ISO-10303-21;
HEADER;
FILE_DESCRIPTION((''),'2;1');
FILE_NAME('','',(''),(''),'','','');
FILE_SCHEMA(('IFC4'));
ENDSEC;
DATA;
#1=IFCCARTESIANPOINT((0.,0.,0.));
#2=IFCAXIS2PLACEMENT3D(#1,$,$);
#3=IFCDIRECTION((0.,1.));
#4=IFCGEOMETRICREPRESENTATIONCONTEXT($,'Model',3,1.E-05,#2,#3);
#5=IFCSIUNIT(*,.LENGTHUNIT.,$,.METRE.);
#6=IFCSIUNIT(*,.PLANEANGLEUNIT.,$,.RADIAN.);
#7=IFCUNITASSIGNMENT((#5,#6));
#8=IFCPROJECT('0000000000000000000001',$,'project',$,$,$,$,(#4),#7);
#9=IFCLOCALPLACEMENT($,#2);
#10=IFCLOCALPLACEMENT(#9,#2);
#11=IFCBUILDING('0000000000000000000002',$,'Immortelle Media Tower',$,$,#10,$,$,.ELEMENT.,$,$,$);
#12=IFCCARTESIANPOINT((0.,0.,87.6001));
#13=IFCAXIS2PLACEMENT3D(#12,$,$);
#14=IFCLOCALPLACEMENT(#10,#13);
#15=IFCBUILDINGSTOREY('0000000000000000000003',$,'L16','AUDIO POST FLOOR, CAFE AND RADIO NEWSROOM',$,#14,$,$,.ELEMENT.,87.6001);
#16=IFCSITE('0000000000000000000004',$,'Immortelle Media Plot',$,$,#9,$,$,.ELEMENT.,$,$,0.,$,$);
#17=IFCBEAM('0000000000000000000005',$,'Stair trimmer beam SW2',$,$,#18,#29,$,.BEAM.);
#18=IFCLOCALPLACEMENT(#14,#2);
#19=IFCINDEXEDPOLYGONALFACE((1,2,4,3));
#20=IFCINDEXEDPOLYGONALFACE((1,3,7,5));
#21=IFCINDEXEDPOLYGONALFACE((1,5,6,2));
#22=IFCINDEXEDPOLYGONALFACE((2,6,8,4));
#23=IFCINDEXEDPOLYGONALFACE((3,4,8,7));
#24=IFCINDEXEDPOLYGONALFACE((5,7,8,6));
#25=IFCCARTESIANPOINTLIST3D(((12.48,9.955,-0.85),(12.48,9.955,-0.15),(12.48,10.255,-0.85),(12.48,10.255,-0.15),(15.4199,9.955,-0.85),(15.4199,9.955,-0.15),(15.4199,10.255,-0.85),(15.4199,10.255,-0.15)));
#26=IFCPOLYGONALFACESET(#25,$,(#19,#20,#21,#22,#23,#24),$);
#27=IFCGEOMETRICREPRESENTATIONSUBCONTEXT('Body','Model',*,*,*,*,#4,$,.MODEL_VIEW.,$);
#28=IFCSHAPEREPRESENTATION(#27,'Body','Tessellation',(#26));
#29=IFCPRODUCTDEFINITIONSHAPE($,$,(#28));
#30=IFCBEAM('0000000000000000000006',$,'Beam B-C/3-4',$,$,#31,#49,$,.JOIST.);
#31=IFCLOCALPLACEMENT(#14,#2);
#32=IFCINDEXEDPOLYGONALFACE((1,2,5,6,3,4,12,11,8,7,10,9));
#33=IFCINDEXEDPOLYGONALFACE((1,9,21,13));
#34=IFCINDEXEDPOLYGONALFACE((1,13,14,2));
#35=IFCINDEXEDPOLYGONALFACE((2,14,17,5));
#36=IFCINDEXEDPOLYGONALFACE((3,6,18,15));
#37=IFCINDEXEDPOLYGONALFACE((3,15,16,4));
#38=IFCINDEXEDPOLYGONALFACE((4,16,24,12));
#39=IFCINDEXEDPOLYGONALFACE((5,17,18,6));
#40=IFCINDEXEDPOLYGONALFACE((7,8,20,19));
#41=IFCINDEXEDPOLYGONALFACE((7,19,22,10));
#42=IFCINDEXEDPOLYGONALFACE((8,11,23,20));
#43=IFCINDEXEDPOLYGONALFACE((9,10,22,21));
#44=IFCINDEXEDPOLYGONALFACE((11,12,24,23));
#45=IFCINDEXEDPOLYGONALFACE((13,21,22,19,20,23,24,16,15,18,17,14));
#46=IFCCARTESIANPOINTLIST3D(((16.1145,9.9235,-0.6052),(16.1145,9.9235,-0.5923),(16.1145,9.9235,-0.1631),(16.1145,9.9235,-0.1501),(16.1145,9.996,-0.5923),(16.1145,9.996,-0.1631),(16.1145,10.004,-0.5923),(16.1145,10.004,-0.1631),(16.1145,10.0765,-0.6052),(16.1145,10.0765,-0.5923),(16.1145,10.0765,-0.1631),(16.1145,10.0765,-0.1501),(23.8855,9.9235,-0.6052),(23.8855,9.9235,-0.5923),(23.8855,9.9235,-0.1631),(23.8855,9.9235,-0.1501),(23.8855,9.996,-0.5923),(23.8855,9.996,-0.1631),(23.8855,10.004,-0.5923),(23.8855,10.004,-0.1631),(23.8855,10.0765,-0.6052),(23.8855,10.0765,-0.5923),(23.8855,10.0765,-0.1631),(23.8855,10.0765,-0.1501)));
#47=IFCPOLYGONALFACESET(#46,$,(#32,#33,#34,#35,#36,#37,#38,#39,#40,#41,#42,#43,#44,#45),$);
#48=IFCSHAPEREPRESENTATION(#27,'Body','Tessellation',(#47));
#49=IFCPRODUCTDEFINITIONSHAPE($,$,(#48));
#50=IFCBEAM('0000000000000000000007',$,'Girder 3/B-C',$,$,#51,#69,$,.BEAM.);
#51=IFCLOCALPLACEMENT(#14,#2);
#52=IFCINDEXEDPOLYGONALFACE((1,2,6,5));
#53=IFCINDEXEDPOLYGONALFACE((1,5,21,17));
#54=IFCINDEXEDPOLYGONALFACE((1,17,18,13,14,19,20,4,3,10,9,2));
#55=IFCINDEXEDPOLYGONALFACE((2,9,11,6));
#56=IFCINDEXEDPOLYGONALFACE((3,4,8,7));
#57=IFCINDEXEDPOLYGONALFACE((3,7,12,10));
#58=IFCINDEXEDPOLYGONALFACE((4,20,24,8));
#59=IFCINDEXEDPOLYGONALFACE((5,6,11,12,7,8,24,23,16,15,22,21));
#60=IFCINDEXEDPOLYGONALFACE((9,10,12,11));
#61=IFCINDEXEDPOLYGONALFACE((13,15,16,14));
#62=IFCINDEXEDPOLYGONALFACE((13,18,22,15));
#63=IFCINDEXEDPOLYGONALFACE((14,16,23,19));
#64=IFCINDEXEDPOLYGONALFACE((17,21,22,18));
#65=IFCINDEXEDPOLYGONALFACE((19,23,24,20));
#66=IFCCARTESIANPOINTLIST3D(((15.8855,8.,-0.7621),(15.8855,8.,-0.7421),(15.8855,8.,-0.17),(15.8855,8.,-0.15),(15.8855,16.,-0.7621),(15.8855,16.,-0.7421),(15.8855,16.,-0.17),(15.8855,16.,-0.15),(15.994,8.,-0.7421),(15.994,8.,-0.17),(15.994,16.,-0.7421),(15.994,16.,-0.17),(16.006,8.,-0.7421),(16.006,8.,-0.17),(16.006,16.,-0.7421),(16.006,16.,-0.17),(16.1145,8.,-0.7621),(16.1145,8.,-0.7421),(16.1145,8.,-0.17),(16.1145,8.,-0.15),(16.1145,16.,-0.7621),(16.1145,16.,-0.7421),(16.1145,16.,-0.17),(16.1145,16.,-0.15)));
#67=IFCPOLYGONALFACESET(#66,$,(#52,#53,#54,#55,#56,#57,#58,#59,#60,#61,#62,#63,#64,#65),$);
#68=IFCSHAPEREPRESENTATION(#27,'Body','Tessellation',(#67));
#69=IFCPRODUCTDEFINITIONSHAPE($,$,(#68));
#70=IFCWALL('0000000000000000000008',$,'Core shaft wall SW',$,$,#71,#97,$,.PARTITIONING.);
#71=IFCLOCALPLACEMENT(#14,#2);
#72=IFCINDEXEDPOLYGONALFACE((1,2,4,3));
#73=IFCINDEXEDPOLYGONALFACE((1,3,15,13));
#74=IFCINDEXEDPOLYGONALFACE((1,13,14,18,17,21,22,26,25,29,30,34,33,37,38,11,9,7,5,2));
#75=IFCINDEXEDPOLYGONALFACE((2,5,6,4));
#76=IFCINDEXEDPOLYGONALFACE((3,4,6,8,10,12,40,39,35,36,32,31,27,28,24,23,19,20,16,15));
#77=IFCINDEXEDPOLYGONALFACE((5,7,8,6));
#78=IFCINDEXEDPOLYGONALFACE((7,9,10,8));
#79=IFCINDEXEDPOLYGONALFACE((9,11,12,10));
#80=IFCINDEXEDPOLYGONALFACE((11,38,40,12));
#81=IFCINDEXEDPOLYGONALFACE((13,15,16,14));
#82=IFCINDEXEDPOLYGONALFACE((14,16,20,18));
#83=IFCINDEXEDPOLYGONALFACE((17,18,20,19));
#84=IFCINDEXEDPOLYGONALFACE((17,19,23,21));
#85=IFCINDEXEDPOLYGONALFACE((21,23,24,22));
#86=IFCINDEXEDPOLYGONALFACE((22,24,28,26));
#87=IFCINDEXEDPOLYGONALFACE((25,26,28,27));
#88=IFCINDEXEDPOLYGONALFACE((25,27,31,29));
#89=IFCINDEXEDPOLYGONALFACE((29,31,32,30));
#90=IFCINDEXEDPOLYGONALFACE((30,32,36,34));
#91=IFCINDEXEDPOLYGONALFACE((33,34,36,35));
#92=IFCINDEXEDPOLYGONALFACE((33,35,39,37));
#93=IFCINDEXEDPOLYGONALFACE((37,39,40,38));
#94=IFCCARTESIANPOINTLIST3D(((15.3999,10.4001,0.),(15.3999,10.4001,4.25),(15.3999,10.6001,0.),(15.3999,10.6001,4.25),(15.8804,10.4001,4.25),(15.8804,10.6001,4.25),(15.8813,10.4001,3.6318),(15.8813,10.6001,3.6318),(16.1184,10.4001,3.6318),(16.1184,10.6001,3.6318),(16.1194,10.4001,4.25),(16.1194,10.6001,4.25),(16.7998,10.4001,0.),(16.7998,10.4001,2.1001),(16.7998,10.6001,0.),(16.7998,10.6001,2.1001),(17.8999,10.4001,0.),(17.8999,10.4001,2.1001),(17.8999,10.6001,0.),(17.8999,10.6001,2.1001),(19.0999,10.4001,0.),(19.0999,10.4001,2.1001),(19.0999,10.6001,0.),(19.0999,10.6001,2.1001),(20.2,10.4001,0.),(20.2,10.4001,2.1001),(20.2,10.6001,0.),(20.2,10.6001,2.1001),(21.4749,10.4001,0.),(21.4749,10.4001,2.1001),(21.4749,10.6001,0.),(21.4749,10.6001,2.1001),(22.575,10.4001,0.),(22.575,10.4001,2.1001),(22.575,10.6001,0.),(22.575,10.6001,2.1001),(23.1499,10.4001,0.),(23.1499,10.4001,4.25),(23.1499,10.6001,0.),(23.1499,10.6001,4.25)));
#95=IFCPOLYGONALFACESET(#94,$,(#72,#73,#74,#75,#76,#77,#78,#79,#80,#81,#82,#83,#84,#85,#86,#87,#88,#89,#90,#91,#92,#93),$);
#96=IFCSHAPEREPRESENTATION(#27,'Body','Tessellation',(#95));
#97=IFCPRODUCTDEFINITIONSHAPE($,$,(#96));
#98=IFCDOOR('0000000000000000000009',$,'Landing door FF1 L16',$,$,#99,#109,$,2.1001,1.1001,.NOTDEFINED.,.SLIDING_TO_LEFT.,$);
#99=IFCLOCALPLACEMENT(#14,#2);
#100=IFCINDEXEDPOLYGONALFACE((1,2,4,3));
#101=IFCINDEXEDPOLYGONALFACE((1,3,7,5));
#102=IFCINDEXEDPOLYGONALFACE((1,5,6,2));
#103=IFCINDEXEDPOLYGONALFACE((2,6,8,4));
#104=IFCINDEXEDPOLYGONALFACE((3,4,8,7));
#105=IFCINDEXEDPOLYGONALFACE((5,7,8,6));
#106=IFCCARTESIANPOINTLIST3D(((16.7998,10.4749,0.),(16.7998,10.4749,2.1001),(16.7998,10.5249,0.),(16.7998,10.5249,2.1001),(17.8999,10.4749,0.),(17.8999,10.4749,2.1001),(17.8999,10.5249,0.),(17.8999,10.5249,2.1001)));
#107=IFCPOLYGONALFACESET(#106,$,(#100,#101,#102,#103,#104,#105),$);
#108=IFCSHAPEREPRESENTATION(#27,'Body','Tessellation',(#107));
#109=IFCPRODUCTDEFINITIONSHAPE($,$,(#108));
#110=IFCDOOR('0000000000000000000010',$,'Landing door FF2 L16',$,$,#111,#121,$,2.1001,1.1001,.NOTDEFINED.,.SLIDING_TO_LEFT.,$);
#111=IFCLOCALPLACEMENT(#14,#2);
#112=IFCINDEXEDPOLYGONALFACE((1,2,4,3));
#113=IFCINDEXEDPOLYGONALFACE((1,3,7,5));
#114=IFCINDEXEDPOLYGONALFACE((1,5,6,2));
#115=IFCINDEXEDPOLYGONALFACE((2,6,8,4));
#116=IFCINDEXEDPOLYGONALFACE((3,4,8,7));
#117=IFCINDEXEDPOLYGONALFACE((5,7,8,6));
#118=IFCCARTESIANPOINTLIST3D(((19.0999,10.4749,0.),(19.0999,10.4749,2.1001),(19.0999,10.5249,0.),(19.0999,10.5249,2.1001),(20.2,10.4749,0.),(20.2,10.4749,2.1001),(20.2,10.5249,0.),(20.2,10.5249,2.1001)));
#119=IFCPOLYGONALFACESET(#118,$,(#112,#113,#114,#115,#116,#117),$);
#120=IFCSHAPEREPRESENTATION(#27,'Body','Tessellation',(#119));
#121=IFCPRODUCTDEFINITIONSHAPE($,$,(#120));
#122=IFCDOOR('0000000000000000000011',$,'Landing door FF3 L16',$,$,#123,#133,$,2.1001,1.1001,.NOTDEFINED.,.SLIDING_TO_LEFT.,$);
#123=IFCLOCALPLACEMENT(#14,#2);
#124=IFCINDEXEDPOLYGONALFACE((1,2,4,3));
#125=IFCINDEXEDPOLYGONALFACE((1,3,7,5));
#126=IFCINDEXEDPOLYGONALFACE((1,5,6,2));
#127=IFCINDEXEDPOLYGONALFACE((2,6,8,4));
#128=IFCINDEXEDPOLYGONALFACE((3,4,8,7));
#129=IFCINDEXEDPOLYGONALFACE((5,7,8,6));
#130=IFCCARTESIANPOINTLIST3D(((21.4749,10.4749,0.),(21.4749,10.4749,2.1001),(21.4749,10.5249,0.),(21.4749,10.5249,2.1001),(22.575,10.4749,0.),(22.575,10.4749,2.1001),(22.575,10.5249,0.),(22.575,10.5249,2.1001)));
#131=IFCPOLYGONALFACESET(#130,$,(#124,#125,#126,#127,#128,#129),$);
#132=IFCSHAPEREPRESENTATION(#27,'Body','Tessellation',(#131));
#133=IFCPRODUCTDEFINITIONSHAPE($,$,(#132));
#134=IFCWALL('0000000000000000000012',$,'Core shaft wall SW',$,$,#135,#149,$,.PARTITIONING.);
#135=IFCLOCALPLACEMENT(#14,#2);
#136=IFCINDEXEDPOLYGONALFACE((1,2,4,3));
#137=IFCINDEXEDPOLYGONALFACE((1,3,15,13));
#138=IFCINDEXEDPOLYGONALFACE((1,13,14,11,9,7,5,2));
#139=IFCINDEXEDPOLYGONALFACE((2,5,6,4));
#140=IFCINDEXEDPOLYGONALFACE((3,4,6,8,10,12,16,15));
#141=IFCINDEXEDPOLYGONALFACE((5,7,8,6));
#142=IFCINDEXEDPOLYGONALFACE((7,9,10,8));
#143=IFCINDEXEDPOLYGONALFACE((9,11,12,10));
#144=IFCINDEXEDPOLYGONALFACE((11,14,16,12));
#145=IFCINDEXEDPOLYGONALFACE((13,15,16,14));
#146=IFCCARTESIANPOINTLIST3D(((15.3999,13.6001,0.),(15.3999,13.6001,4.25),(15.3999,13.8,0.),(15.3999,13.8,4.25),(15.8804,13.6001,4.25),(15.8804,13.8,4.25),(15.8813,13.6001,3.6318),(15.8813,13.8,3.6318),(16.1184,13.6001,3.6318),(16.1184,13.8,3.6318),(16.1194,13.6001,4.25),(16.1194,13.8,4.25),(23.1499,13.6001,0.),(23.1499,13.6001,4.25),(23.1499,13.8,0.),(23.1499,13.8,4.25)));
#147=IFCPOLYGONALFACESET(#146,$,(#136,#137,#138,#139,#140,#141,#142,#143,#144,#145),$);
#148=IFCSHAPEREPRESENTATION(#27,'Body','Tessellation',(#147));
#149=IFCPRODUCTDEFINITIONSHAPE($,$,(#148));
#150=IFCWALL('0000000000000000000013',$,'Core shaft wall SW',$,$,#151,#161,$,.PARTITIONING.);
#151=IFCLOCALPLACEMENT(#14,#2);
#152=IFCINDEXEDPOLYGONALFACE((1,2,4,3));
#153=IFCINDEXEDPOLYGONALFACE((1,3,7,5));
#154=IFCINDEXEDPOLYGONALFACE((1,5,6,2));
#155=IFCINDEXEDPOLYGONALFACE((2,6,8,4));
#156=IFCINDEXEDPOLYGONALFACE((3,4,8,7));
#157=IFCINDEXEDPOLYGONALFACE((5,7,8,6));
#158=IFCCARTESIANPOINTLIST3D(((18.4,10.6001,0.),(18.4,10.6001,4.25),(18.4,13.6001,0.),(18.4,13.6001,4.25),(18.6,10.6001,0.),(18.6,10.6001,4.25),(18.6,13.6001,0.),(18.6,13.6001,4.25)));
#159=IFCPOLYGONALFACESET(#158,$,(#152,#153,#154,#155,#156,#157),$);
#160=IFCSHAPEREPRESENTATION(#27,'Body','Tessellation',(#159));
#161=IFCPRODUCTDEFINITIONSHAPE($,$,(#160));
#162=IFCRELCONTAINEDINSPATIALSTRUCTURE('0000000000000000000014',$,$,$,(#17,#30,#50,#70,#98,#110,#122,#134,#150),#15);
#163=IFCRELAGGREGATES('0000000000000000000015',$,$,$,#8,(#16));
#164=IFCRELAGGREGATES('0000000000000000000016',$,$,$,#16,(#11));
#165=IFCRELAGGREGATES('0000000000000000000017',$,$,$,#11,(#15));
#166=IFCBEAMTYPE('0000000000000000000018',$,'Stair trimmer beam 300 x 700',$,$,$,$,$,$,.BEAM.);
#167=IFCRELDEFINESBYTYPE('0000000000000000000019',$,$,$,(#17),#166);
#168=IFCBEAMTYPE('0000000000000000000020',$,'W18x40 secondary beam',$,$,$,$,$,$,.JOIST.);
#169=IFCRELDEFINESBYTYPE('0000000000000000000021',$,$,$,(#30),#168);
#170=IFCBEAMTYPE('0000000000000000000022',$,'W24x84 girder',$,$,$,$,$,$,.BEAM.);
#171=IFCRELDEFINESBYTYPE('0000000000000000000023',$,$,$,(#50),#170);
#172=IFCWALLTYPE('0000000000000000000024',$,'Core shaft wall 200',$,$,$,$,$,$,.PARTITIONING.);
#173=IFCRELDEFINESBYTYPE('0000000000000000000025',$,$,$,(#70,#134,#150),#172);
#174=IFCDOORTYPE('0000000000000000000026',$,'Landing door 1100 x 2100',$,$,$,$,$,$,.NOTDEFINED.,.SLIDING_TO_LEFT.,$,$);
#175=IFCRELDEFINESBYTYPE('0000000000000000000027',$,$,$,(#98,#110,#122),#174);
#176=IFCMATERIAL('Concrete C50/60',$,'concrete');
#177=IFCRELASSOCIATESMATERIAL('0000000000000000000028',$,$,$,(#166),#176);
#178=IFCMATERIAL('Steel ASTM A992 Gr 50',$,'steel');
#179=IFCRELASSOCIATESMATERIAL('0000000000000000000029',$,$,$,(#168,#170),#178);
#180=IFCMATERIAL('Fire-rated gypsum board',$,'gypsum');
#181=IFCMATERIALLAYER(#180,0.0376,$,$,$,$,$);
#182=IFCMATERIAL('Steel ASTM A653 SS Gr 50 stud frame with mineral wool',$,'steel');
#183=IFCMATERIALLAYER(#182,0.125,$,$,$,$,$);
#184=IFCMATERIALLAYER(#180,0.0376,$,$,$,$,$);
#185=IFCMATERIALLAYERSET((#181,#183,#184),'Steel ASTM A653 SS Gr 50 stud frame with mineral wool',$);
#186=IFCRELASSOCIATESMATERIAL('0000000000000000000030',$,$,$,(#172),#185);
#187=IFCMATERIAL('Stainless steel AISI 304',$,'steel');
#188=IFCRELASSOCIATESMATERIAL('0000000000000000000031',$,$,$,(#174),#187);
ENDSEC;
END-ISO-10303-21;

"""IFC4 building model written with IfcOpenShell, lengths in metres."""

from ifc_helpers import new_model, si_unit, direction, frame, frame_2d, origin, origin_2d, place, context, subcontext, project, spatial, polyline, rectangle, i_section, outline, extrude, material, layer, layer_set, material_profile, profile_set, type_object, element, fill, save


model = new_model("IFC4")

# Units and contexts
model_context = context("Model", 3, precision=1e-05, world=origin(), true_north=direction((0.0, 1.0)))
body_context = subcontext(model_context, "Body", "Model", "MODEL_VIEW")
ifc_project = project(units=[si_unit("LENGTHUNIT", "METRE"), si_unit("PLANEANGLEUNIT", "RADIAN")], contexts=[model_context])

# Site, building, storey
site_placement = place(None, origin())
site = spatial("IfcSite", under=ifc_project, at=site_placement, Name="Immortelle Media Plot", CompositionType="ELEMENT", RefElevation=0.0)
building_placement = place(site_placement, origin())
building = spatial("IfcBuilding", under=site, at=building_placement, Name="Immortelle Media Tower", CompositionType="ELEMENT")
storey_placement = place(building_placement, frame((0.0, 0.0, 87.6001)))
storey = spatial("IfcBuildingStorey", under=building, at=storey_placement, Name="L16", Description="AUDIO POST FLOOR, CAFE AND RADIO NEWSROOM", CompositionType="ELEMENT", Elevation=87.6001)

# Beams
ifc_material_1 = material(Name="Concrete C50/60", Category="concrete")
ifc_material_profile_1 = material_profile(ifc_material_1, rectangle(XDim=0.3, YDim=0.7, at=origin_2d()), Name="RC 300x700")
ifc_profile_set_1 = profile_set([ifc_material_profile_1], Name="Concrete C50/60")
beam_type_1 = type_object("IfcBeamType", Name="Stair trimmer beam 300 x 700", PredefinedType="BEAM", material=ifc_profile_set_1)
beam_1_placement = place(storey_placement, frame((12.48, 10.105, -0.5), z_axis=(1.0, 0.0, 0.0), x_axis=(0.0, 1.0, 0.0)))
element("IfcBeam", 1, at=beam_1_placement, inside=storey, type_object=beam_type_1, Name="Stair trimmer beam SW2", PredefinedType="BEAM", context=body_context, shape_type="SweptSolid", body=[
    extrude(rectangle(XDim=0.3, YDim=0.7, at=origin_2d()), origin(), (0.0, 0.0, 1.0), 2.9399),
])
ifc_material_2 = material(Name="Steel ASTM A992 Gr 50", Category="steel")
ifc_material_profile_2 = material_profile(ifc_material_2, i_section(OverallWidth=0.1531, OverallDepth=0.4551, WebThickness=0.0081, FlangeThickness=0.0129, at=origin_2d()), Name="W18x40")
ifc_profile_set_2 = profile_set([ifc_material_profile_2], Name="Steel ASTM A992 Gr 50")
beam_type_2 = type_object("IfcBeamType", Name="W18x40 secondary beam", PredefinedType="JOIST", material=ifc_profile_set_2)
beam_2_placement = place(storey_placement, frame((16.1145, 10.0, -0.3777), z_axis=(1.0, 0.0, 0.0), x_axis=(0.0, 1.0, 0.0)))
element("IfcBeam", 2, at=beam_2_placement, inside=storey, type_object=beam_type_2, Name="Beam B-C/3-4", PredefinedType="JOIST", context=body_context, shape_type="SweptSolid", body=[
    extrude(i_section(OverallWidth=0.1531, OverallDepth=0.4551, WebThickness=0.0081, FlangeThickness=0.0129, at=origin_2d()), origin(), (0.0, 0.0, 1.0), 7.771),
])
ifc_material_profile_3 = material_profile(ifc_material_2, i_section(OverallWidth=0.229, OverallDepth=0.6121, WebThickness=0.012, FlangeThickness=0.02, at=origin_2d()), Name="W24x84")
ifc_profile_set_3 = profile_set([ifc_material_profile_3], Name="Steel ASTM A992 Gr 50")
beam_type_3 = type_object("IfcBeamType", Name="W24x84 girder", PredefinedType="BEAM", material=ifc_profile_set_3)
beam_3_placement = place(storey_placement, frame((16.0, 8.0, -0.4561), z_axis=(0.0, 1.0, 0.0), x_axis=(-1.0, 0.0, 0.0)))
element("IfcBeam", 3, at=beam_3_placement, inside=storey, type_object=beam_type_3, Name="Girder 3/B-C", PredefinedType="BEAM", context=body_context, shape_type="SweptSolid", body=[
    extrude(i_section(OverallWidth=0.229, OverallDepth=0.6121, WebThickness=0.012, FlangeThickness=0.02, at=origin_2d()), origin(), (0.0, 0.0, 1.0), 8.0),
])

# Wall, openings, doors
ifc_material_3 = material(Name="Fire-rated gypsum board", Category="gypsum")
ifc_layer_1 = layer(ifc_material_3, 0.0376)
ifc_material_4 = material(Name="Steel ASTM A653 SS Gr 50 stud frame with mineral wool", Category="steel")
ifc_layer_2 = layer(ifc_material_4, 0.125)
ifc_layer_3 = layer(ifc_material_3, 0.0376)
ifc_layer_set_1 = layer_set([ifc_layer_1, ifc_layer_2, ifc_layer_3], Name="Steel ASTM A653 SS Gr 50 stud frame with mineral wool")
wall_type_1 = type_object("IfcWallType", Name="Core shaft wall 200", PredefinedType="PARTITIONING", material=ifc_layer_set_1)
wall_1_placement = place(storey_placement, frame((15.3999, 10.5, 0.0), z_axis=(0.0, 0.0, 1.0), x_axis=(1.0, 0.0, 0.0)))
wall_1 = element("IfcWall", 4, at=wall_1_placement, inside=storey, type_object=wall_type_1, Name="Core shaft wall SW", PredefinedType="PARTITIONING", context=body_context, shape_type="SweptSolid", body=[
    extrude(outline(polyline([(0.0, 0.0), (7.75, 0.0), (7.75, 4.25), (0.7195, 4.25), (0.7185, 3.6318), (0.4814, 3.6318), (0.4805, 4.25), (0.0, 4.25), (0.0, 0.0)])), frame((0.0, 0.1001, 0.0), z_axis=(0.0, -1.0, 0.0), x_axis=(1.0, 0.0, 0.0)), (0.0, 0.0, 1.0), 0.2),
])
opening_1_placement = place(wall_1_placement, frame((1.3999, 0.0, 0.0)))
opening_1 = element("IfcOpeningElement", 5, at=opening_1_placement, cuts=wall_1, PredefinedType="OPENING", context=body_context, shape_type="SweptSolid", body=[
    extrude(rectangle(XDim=1.1001, YDim=2.1001, at=frame_2d((0.55, 1.05))), frame((0.0, 0.1099, 0.0), z_axis=(0.0, -1.0, 0.0), x_axis=(1.0, 0.0, 0.0)), (0.0, 0.0, 1.0), 0.22),
])
opening_2_placement = place(wall_1_placement, frame((3.7, 0.0, 0.0)))
opening_2 = element("IfcOpeningElement", 6, at=opening_2_placement, cuts=wall_1, PredefinedType="OPENING", context=body_context, shape_type="SweptSolid", body=[
    extrude(rectangle(XDim=1.1001, YDim=2.1001, at=frame_2d((0.55, 1.05))), frame((0.0, 0.1099, 0.0), z_axis=(0.0, -1.0, 0.0), x_axis=(1.0, 0.0, 0.0)), (0.0, 0.0, 1.0), 0.22),
])
opening_3_placement = place(wall_1_placement, frame((6.075, 0.0, 0.0)))
opening_3 = element("IfcOpeningElement", 7, at=opening_3_placement, cuts=wall_1, PredefinedType="OPENING", context=body_context, shape_type="SweptSolid", body=[
    extrude(rectangle(XDim=1.1001, YDim=2.1001, at=frame_2d((0.55, 1.05))), frame((0.0, 0.1099, 0.0), z_axis=(0.0, -1.0, 0.0), x_axis=(1.0, 0.0, 0.0)), (0.0, 0.0, 1.0), 0.22),
])
ifc_material_5 = material(Name="Stainless steel AISI 304", Category="steel")
door_type_1 = type_object("IfcDoorType", Name="Landing door 1100 x 2100", OperationType="SLIDING_TO_LEFT", PredefinedType="NOTDEFINED", material=ifc_material_5)
door_1_placement = place(opening_1_placement, origin())
door_1 = element("IfcDoor", 8, at=door_1_placement, inside=storey, type_object=door_type_1, Name="Landing door FF1 L16", OperationType="SLIDING_TO_LEFT", OverallHeight=2.1001, OverallWidth=1.1001, PredefinedType="NOTDEFINED", context=body_context, shape_type="SweptSolid", body=[
    extrude(rectangle(XDim=1.1001, YDim=2.1001, at=frame_2d((0.55, 1.05))), frame((0.0, 0.0249, 0.0), z_axis=(0.0, -1.0, 0.0), x_axis=(1.0, 0.0, 0.0)), (0.0, 0.0, 1.0), 0.05),
])
fill(opening_1, door_1)
door_2_placement = place(opening_2_placement, origin())
door_2 = element("IfcDoor", 9, at=door_2_placement, inside=storey, type_object=door_type_1, Name="Landing door FF2 L16", OperationType="SLIDING_TO_LEFT", OverallHeight=2.1001, OverallWidth=1.1001, PredefinedType="NOTDEFINED", context=body_context, shape_type="SweptSolid", body=[
    extrude(rectangle(XDim=1.1001, YDim=2.1001, at=frame_2d((0.55, 1.05))), frame((0.0, 0.0249, 0.0), z_axis=(0.0, -1.0, 0.0), x_axis=(1.0, 0.0, 0.0)), (0.0, 0.0, 1.0), 0.05),
])
fill(opening_2, door_2)
door_3_placement = place(opening_3_placement, origin())
door_3 = element("IfcDoor", 10, at=door_3_placement, inside=storey, type_object=door_type_1, Name="Landing door FF3 L16", OperationType="SLIDING_TO_LEFT", OverallHeight=2.1001, OverallWidth=1.1001, PredefinedType="NOTDEFINED", context=body_context, shape_type="SweptSolid", body=[
    extrude(rectangle(XDim=1.1001, YDim=2.1001, at=frame_2d((0.55, 1.05))), frame((0.0, 0.0249, 0.0), z_axis=(0.0, -1.0, 0.0), x_axis=(1.0, 0.0, 0.0)), (0.0, 0.0, 1.0), 0.05),
])
fill(opening_3, door_3)

# Walls
wall_2_placement = place(storey_placement, frame((15.3999, 13.7, 0.0), z_axis=(0.0, 0.0, 1.0), x_axis=(1.0, 0.0, 0.0)))
element("IfcWall", 11, at=wall_2_placement, inside=storey, type_object=wall_type_1, Name="Core shaft wall SW", PredefinedType="PARTITIONING", context=body_context, shape_type="SweptSolid", body=[
    extrude(outline(polyline([(0.0, 0.0), (7.75, 0.0), (7.75, 4.25), (0.7195, 4.25), (0.7185, 3.6318), (0.4814, 3.6318), (0.4805, 4.25), (0.0, 4.25), (0.0, 0.0)])), frame((0.0, 0.1001, 0.0), z_axis=(0.0, -1.0, 0.0), x_axis=(1.0, 0.0, 0.0)), (0.0, 0.0, 1.0), 0.2),
])
wall_3_placement = place(storey_placement, frame((18.5, 10.6001, 0.0), z_axis=(0.0, 0.0, 1.0), x_axis=(0.0, 1.0, 0.0)))
element("IfcWall", 12, at=wall_3_placement, inside=storey, type_object=wall_type_1, Name="Core shaft wall SW", PredefinedType="PARTITIONING", context=body_context, shape_type="SweptSolid", body=[
    extrude(rectangle(XDim=3.0, YDim=0.2, at=frame_2d((1.5, 0.0))), origin(), (0.0, 0.0, 1.0), 4.25),
])

save(model, "model.ifc")
